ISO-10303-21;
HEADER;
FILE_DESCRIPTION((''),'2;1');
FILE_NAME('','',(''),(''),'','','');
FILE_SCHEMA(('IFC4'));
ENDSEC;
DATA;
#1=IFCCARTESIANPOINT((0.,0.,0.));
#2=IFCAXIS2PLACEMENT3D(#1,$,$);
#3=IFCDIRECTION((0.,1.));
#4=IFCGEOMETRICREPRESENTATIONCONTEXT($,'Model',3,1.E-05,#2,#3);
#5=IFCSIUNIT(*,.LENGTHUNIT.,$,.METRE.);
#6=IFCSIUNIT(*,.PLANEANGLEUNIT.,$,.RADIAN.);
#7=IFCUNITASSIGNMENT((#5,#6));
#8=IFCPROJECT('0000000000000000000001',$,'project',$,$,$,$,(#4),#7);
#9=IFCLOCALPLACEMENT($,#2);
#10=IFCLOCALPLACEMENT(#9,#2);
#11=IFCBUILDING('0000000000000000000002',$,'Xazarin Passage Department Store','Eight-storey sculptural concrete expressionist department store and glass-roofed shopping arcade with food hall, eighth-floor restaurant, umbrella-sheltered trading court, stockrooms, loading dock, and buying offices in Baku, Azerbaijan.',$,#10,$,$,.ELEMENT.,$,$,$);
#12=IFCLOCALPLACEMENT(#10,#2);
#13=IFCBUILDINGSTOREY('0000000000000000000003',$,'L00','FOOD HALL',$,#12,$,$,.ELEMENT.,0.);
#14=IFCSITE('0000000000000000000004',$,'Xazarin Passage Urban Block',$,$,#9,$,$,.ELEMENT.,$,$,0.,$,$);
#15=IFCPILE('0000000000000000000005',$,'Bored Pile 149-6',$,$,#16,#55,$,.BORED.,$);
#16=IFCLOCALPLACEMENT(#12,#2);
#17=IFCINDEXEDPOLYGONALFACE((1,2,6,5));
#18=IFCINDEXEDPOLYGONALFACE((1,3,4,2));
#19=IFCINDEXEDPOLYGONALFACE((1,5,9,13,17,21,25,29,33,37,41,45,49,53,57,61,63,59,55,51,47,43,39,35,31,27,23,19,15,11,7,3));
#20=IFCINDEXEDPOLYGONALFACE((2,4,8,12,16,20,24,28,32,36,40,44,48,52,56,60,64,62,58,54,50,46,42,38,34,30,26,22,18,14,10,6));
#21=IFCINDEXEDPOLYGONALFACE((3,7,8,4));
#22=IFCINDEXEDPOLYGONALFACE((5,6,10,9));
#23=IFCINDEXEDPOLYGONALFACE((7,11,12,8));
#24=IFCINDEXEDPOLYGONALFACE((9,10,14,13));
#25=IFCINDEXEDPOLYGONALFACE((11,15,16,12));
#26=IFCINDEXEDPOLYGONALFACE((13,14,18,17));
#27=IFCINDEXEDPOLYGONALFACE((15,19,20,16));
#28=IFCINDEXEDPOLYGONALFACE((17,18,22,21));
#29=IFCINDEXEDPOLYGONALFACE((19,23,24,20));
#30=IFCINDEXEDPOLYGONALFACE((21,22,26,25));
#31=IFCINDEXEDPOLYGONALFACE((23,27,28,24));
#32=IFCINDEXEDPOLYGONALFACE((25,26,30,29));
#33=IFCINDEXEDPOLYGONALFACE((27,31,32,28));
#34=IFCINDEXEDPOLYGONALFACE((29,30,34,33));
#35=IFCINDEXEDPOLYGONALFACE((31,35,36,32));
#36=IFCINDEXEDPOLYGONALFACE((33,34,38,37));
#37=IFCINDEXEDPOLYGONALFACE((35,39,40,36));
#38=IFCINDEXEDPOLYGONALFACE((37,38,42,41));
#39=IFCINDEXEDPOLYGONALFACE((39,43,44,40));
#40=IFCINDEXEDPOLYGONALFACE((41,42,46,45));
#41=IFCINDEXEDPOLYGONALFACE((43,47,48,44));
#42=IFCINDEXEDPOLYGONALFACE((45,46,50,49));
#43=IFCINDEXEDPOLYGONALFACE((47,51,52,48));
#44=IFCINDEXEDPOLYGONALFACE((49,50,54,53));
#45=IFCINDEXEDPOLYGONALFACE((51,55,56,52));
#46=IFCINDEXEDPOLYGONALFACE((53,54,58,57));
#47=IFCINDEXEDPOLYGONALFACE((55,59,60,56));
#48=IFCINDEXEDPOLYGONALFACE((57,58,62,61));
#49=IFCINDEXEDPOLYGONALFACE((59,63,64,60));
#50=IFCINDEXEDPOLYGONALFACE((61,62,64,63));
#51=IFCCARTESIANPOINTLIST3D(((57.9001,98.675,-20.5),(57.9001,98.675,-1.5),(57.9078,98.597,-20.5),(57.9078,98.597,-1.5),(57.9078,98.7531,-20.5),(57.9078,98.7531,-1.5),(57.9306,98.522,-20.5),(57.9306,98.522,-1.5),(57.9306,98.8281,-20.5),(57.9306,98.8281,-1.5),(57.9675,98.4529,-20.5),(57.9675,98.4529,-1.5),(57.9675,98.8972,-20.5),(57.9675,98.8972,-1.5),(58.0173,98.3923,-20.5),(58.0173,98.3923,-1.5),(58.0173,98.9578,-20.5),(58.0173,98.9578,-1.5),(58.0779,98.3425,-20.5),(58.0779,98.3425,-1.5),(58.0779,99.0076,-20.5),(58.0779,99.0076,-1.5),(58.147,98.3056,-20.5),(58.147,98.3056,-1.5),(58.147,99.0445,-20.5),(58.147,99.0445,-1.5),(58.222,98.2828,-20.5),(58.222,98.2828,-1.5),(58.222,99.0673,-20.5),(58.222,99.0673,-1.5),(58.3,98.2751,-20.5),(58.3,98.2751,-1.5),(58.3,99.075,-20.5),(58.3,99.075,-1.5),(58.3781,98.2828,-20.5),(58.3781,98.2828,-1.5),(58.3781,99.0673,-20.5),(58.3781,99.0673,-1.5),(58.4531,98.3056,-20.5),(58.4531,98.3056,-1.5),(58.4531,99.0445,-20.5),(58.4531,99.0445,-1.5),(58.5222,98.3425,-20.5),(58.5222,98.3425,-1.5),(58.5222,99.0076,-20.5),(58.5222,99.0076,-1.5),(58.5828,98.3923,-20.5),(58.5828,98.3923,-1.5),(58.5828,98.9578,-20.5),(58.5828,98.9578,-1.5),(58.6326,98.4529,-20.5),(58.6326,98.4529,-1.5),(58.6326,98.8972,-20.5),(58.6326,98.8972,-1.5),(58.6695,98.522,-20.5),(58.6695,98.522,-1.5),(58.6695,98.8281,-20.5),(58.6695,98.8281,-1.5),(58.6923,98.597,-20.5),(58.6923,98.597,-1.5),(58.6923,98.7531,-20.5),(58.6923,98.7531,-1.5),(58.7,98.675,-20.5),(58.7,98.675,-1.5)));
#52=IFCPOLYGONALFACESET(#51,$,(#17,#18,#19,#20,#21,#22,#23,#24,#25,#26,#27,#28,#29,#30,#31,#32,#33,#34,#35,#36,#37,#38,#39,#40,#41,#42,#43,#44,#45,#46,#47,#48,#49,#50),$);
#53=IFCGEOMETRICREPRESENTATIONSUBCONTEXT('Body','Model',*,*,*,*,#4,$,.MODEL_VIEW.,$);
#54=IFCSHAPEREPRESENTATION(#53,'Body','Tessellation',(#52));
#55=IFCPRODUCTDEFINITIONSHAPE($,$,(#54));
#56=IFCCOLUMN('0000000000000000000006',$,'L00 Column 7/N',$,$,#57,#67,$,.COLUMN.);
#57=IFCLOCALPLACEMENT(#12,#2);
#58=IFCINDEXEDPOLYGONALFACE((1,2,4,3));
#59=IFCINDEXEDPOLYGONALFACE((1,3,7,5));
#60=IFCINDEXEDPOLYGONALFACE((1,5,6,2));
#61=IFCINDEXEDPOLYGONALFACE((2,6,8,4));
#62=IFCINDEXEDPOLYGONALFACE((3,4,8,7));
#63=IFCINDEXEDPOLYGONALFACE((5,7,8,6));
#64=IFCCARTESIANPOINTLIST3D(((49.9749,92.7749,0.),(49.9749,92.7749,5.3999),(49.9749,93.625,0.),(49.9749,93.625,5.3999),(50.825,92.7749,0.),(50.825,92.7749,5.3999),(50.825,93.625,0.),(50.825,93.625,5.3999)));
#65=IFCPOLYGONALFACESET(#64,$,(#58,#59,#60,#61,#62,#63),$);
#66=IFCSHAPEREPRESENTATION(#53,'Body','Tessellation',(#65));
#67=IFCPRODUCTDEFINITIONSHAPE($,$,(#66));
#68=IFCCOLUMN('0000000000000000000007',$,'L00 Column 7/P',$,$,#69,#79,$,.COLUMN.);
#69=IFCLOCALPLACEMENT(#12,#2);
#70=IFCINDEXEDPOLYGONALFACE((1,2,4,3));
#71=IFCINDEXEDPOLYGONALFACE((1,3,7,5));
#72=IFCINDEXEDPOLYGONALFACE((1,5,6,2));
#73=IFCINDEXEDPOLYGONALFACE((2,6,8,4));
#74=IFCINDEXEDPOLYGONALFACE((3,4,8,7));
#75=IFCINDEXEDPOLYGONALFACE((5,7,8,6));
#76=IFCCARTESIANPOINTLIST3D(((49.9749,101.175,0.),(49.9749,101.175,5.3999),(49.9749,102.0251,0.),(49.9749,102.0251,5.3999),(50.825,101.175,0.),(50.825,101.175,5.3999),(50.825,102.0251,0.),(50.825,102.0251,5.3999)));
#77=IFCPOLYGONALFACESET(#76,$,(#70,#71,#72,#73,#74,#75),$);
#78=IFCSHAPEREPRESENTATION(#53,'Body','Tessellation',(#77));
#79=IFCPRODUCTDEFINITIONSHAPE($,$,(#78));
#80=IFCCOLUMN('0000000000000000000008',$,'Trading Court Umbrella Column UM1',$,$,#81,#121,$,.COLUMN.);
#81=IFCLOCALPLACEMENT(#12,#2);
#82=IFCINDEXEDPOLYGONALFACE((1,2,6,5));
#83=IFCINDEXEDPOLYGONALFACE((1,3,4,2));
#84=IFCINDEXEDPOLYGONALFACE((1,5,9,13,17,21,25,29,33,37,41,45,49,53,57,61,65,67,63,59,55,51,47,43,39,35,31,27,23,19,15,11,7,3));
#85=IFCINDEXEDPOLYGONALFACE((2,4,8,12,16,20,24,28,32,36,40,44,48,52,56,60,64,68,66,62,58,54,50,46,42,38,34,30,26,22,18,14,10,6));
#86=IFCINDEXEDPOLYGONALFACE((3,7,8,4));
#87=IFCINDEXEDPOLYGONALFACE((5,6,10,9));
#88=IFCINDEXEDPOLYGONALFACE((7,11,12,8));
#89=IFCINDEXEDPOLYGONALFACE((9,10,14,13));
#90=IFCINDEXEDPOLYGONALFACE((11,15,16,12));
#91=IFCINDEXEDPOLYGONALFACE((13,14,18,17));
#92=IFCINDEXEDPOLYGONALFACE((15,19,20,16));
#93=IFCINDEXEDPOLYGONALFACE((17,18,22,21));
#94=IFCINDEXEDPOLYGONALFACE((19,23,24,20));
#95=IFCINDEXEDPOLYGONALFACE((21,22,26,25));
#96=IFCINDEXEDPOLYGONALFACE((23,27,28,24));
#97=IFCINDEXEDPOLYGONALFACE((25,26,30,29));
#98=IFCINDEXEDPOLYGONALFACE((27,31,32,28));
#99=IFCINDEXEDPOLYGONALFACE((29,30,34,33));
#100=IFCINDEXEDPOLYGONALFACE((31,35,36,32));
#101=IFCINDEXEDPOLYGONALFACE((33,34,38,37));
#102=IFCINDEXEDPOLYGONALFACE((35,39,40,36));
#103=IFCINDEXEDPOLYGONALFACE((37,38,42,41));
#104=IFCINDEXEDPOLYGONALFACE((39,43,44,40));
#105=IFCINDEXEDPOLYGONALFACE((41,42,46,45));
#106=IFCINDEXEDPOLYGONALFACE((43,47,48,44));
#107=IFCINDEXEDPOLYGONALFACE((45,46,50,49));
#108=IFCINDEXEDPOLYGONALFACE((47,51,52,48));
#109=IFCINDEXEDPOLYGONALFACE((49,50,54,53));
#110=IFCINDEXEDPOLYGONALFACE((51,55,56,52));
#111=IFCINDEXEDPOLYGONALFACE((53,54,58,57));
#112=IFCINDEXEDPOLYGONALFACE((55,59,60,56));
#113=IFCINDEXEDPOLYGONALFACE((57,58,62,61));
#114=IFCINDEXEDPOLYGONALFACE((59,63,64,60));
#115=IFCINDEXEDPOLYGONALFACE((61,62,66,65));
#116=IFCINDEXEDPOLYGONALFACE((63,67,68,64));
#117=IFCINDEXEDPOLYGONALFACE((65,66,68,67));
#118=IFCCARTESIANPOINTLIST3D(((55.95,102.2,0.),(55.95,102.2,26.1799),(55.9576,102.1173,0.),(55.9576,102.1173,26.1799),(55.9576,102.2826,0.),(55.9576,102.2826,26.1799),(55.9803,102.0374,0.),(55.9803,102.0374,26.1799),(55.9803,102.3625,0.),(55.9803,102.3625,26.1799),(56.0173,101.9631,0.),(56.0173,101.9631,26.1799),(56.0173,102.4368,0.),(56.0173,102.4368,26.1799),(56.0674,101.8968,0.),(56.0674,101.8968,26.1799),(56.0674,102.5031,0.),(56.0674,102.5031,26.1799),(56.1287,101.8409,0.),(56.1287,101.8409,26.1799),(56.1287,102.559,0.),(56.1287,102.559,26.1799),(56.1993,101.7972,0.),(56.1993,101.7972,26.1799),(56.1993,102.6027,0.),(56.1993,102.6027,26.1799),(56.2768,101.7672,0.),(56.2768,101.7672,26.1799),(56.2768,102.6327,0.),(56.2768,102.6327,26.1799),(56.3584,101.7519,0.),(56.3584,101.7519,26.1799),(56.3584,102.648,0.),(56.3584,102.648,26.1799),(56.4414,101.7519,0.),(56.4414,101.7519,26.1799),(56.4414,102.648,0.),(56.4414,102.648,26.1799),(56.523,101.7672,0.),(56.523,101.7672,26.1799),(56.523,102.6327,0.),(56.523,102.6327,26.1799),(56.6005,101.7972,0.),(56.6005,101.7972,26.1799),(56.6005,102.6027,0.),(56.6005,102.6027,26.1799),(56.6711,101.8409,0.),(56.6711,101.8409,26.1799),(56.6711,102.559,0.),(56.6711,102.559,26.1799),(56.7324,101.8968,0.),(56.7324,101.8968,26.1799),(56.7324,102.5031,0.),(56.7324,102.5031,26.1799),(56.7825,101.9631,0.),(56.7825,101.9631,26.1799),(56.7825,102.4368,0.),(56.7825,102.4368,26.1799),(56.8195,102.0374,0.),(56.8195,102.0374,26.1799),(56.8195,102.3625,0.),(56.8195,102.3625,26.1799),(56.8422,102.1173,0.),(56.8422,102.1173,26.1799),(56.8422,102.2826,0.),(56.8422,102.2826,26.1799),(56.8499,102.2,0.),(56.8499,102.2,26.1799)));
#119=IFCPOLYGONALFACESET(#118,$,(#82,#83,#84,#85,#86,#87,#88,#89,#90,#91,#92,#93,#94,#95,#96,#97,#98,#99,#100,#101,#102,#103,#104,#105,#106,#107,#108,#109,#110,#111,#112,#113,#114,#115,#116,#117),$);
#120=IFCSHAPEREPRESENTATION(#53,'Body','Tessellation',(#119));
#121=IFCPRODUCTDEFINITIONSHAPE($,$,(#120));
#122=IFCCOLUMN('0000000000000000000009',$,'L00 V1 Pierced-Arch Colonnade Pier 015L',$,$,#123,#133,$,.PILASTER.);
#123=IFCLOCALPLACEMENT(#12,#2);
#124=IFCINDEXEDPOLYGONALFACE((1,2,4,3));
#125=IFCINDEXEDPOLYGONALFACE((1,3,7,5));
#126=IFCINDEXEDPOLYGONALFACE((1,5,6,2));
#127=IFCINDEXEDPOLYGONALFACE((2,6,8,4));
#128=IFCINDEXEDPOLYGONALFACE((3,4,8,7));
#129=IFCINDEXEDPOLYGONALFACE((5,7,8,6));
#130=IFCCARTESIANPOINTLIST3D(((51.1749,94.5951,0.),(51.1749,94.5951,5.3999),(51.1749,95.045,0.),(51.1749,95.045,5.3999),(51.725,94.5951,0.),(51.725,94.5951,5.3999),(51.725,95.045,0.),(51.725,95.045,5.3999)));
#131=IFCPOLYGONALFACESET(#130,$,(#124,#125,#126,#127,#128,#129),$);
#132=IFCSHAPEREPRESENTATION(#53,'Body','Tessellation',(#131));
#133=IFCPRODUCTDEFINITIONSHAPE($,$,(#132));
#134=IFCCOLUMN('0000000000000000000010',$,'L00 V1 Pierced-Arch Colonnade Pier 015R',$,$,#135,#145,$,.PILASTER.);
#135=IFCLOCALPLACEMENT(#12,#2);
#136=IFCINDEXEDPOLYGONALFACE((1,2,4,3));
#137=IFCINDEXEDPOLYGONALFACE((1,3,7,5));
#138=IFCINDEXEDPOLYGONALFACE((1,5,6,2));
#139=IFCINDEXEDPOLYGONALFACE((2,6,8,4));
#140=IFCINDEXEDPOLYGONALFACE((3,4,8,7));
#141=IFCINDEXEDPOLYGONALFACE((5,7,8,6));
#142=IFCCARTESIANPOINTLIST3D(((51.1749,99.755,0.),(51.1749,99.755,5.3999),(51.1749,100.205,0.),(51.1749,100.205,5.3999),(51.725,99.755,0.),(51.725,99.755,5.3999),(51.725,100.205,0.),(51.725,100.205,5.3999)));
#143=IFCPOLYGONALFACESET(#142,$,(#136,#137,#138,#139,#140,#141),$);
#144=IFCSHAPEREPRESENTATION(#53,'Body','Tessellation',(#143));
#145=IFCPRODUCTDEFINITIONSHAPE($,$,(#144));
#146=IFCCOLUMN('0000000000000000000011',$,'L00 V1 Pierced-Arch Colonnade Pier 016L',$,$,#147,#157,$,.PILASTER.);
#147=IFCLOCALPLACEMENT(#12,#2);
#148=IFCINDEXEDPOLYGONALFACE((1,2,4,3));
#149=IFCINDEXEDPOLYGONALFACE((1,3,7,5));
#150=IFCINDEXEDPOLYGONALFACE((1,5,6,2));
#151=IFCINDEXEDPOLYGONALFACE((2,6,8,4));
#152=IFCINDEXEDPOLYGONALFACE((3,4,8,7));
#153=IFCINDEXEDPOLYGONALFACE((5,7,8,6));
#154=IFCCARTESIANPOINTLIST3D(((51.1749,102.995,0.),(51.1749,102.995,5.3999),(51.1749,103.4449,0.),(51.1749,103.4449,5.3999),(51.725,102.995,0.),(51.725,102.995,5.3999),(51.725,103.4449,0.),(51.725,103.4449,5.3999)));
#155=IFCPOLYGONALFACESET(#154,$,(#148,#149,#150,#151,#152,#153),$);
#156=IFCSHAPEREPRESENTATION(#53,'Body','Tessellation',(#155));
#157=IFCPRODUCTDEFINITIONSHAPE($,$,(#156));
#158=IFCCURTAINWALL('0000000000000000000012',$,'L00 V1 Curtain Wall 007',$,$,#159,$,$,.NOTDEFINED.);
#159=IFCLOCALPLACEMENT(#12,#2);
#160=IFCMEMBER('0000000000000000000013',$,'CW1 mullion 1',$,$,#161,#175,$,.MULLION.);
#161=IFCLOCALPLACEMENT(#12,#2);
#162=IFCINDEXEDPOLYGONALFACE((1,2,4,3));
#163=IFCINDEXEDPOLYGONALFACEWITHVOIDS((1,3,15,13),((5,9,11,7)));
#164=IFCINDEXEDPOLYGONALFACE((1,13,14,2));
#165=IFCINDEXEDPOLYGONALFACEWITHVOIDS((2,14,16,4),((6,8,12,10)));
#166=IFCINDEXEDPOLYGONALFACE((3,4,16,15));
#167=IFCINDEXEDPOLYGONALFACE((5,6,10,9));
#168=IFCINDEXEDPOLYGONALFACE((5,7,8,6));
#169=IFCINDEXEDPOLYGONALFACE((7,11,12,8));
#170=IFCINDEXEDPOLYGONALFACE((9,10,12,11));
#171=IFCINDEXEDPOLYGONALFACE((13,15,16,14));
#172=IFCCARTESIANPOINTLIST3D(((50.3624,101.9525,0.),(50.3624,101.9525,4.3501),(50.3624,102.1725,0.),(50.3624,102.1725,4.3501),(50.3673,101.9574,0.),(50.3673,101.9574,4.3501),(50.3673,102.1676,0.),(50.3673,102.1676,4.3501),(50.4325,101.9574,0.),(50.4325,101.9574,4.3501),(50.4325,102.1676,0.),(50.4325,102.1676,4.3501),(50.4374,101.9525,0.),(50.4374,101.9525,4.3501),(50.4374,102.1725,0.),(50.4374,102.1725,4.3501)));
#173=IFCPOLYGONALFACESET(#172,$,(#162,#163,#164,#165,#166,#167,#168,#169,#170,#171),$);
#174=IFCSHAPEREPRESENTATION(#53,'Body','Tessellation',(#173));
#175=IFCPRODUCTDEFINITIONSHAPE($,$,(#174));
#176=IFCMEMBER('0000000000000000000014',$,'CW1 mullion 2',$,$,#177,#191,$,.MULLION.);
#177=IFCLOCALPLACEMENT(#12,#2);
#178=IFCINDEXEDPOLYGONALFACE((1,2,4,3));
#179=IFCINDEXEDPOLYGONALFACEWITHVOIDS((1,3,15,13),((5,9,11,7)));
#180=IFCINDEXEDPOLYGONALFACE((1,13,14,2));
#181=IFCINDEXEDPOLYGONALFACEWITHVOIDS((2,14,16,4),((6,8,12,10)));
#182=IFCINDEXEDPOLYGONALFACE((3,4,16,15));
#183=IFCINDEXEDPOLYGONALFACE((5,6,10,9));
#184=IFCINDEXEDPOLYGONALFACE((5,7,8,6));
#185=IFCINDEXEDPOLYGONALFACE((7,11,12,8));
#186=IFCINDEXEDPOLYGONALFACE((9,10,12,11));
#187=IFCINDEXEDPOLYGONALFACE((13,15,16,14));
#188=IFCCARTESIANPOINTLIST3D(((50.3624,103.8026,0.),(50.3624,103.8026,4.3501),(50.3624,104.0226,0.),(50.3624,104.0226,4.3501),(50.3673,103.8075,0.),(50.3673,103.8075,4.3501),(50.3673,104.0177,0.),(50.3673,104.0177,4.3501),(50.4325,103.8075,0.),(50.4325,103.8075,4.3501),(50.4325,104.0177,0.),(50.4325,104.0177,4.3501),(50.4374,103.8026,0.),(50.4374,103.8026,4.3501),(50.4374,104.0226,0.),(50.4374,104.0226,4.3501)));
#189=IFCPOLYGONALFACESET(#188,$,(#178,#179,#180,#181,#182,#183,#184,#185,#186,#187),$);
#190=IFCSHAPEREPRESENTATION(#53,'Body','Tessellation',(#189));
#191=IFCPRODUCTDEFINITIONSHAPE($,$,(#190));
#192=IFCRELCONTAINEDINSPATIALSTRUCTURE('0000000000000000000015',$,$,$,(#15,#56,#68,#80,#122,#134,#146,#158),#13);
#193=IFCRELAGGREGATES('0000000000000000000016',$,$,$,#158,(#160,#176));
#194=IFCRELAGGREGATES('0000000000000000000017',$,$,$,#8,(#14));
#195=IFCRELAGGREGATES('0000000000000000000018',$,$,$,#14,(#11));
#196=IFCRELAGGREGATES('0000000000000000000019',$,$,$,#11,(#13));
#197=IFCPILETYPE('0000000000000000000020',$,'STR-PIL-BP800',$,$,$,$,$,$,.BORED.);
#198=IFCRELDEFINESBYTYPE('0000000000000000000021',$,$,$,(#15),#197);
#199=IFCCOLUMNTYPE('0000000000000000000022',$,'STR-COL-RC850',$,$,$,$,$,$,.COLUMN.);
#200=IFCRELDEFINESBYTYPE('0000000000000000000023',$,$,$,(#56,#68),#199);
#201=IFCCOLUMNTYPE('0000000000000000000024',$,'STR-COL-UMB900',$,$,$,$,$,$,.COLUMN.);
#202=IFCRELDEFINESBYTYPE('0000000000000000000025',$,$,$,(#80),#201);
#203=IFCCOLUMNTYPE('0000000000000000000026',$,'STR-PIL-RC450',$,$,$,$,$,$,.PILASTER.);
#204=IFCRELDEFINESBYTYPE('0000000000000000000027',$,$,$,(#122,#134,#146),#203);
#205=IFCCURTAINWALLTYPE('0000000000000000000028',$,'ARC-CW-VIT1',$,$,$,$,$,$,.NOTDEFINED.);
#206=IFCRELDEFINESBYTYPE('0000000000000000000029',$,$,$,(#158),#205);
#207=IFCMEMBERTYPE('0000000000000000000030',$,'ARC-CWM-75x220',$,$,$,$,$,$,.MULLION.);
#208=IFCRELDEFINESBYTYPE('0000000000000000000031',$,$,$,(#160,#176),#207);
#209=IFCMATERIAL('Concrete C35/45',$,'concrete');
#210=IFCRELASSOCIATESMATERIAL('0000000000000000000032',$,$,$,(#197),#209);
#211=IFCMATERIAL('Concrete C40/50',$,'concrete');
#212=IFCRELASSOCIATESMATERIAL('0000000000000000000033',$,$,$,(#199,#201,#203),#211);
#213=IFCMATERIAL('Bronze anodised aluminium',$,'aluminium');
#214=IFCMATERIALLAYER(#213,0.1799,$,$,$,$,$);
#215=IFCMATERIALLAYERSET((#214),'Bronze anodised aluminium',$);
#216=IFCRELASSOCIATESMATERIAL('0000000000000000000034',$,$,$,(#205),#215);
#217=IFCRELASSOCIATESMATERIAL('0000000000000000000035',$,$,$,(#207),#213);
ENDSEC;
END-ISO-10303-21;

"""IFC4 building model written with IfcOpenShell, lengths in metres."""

from ifc_helpers import new_model, si_unit, direction, frame, origin, origin_2d, place, context, subcontext, project, spatial, rectangle, hollow_rectangle, circle, extrude, material, layer, layer_set, material_profile, profile_set, type_object, element, aggregate, save


model = new_model("IFC4")

# Units and contexts
model_context = context("Model", 3, precision=1e-05, world=origin(), true_north=direction((0.0, 1.0)))
body_context = subcontext(model_context, "Body", "Model", "MODEL_VIEW")
ifc_project = project(units=[si_unit("LENGTHUNIT", "METRE"), si_unit("PLANEANGLEUNIT", "RADIAN")], contexts=[model_context])

# Site, building, storey
site_placement = place(None, origin())
site = spatial("IfcSite", under=ifc_project, at=site_placement, Name="Xazarin Passage Urban Block", CompositionType="ELEMENT", RefElevation=0.0)
building_placement = place(site_placement, origin())
building = spatial("IfcBuilding", under=site, at=building_placement, Name="Xazarin Passage Department Store", Description="Eight-storey sculptural concrete expressionist department store and glass-roofed shopping arcade with food hall, eighth-floor restaurant, umbrella-sheltered trading court, stockrooms, loading dock, and buying offices in Baku, Azerbaijan.", CompositionType="ELEMENT")
storey_placement = place(building_placement, origin())
storey = spatial("IfcBuildingStorey", under=building, at=storey_placement, Name="L00", Description="FOOD HALL", CompositionType="ELEMENT", Elevation=0.0)

# Shared definitions
ifc_material_1 = material(Name="Concrete C35/45", Category="concrete")

# Pile
ifc_material_profile_1 = material_profile(ifc_material_1, circle(Radius=0.3999, at=origin_2d()), Name="BP 800")
ifc_profile_set_1 = profile_set([ifc_material_profile_1], Name="Concrete C35/45")
pile_type_1 = type_object("IfcPileType", Name="STR-PIL-BP800", PredefinedType="BORED", material=ifc_profile_set_1)
for number, where, z_axis, x_axis, name in (
    (1, (58.3, 98.675, -1.5), (0.0, 0.0, -1.0), (1.0, 0.0, 0.0), "Bored Pile 149-6"),
):
    element("IfcPile", number, at=place(storey_placement, frame(where, z_axis=z_axis, x_axis=x_axis)), inside=storey, type_object=pile_type_1, Name=name, PredefinedType="BORED", context=body_context, shape_type="SweptSolid", body=[
        extrude(circle(Radius=0.3999, at=origin_2d()), origin(), (0.0, 0.0, 1.0), 19.0),
    ])

# Columns
ifc_material_2 = material(Name="Concrete C40/50", Category="concrete")
ifc_material_profile_2 = material_profile(ifc_material_2, rectangle(XDim=0.8501, YDim=0.8501, at=origin_2d()), Name="RC 850x850")
ifc_profile_set_2 = profile_set([ifc_material_profile_2], Name="Concrete C40/50")
column_type_1 = type_object("IfcColumnType", Name="STR-COL-RC850", PredefinedType="COLUMN", material=ifc_profile_set_2)
for number, where, z_axis, x_axis, name in (
    (2, (50.3999, 93.2, 0.0), (0.0, 0.0, 1.0), (1.0, 0.0, 0.0), "L00 Column 7/N"),
    (3, (50.3999, 101.6001, 0.0), (0.0, 0.0, 1.0), (1.0, 0.0, 0.0), "L00 Column 7/P"),
):
    element("IfcColumn", number, at=place(storey_placement, frame(where, z_axis=z_axis, x_axis=x_axis)), inside=storey, type_object=column_type_1, Name=name, PredefinedType="COLUMN", context=body_context, shape_type="SweptSolid", body=[
        extrude(rectangle(XDim=0.8501, YDim=0.8501, at=origin_2d()), origin(), (0.0, 0.0, 1.0), 5.3999),
    ])
ifc_material_profile_3 = material_profile(ifc_material_2, circle(Radius=0.45, at=origin_2d()), Name="RCD 900")
ifc_profile_set_3 = profile_set([ifc_material_profile_3], Name="Concrete C40/50")
column_type_2 = type_object("IfcColumnType", Name="STR-COL-UMB900", PredefinedType="COLUMN", material=ifc_profile_set_3)
column_placement = place(storey_placement, frame((56.3999, 102.2, 0.0), z_axis=(0.0, 0.0, 1.0), x_axis=(1.0, 0.0, 0.0)))
element("IfcColumn", 4, at=column_placement, inside=storey, type_object=column_type_2, Name="Trading Court Umbrella Column UM1", PredefinedType="COLUMN", context=body_context, shape_type="SweptSolid", body=[
    extrude(circle(Radius=0.45, at=origin_2d()), origin(), (0.0, 0.0, 1.0), 26.1799),
])
ifc_material_profile_4 = material_profile(ifc_material_2, rectangle(XDim=0.45, YDim=0.55, at=origin_2d()), Name="RC 450x550")
ifc_profile_set_4 = profile_set([ifc_material_profile_4], Name="Concrete C40/50")
column_type_3 = type_object("IfcColumnType", Name="STR-PIL-RC450", PredefinedType="PILASTER", material=ifc_profile_set_4)
for number, where, z_axis, x_axis, name in (
    (5, (51.45, 94.8201, 0.0), (0.0, 0.0, 1.0), (0.0, 1.0, 0.0), "L00 V1 Pierced-Arch Colonnade Pier 015L"),
    (6, (51.45, 99.98, 0.0), (0.0, 0.0, 1.0), (0.0, 1.0, 0.0), "L00 V1 Pierced-Arch Colonnade Pier 015R"),
    (7, (51.45, 103.22, 0.0), (0.0, 0.0, 1.0), (0.0, 1.0, 0.0), "L00 V1 Pierced-Arch Colonnade Pier 016L"),
):
    element("IfcColumn", number, at=place(storey_placement, frame(where, z_axis=z_axis, x_axis=x_axis)), inside=storey, type_object=column_type_3, Name=name, PredefinedType="PILASTER", context=body_context, shape_type="SweptSolid", body=[
        extrude(rectangle(XDim=0.45, YDim=0.55, at=origin_2d()), origin(), (0.0, 0.0, 1.0), 5.3999),
    ])

# Curtain wall, members
ifc_material_3 = material(Name="Bronze anodised aluminium", Category="aluminium")
ifc_layer_1 = layer(ifc_material_3, 0.1799)
ifc_layer_set_1 = layer_set([ifc_layer_1], Name="Bronze anodised aluminium")
curtain_wall_type = type_object("IfcCurtainWallType", Name="ARC-CW-VIT1", PredefinedType="NOTDEFINED", material=ifc_layer_set_1)
curtain_wall_placement = place(storey_placement, origin())
curtain_wall = element("IfcCurtainWall", 8, at=curtain_wall_placement, inside=storey, type_object=curtain_wall_type, Name="L00 V1 Curtain Wall 007", PredefinedType="NOTDEFINED")
ifc_material_profile_5 = material_profile(ifc_material_3, hollow_rectangle(XDim=0.075, YDim=0.22, WallThickness=0.0049, at=origin_2d()), Name="ALU 75x220")
ifc_profile_set_5 = profile_set([ifc_material_profile_5], Name="Bronze anodised aluminium")
member_type_1 = type_object("IfcMemberType", Name="ARC-CWM-75x220", PredefinedType="MULLION", material=ifc_profile_set_5)
member_1_placement = place(storey_placement, frame((50.3999, 102.0625, 0.0), z_axis=(0.0, 0.0, 1.0), x_axis=(-1.0, 0.0, 0.0)))
member_1 = element("IfcMember", 9, at=member_1_placement, type_object=member_type_1, Name="CW1 mullion 1", PredefinedType="MULLION", context=body_context, shape_type="SweptSolid", body=[
    extrude(hollow_rectangle(XDim=0.075, YDim=0.22, WallThickness=0.0049, at=origin_2d()), origin(), (0.0, 0.0, 1.0), 4.3501),
])
member_2_placement = place(storey_placement, frame((50.3999, 103.9126, 0.0), z_axis=(0.0, 0.0, 1.0), x_axis=(-1.0, 0.0, 0.0)))
member_2 = element("IfcMember", 10, at=member_2_placement, type_object=member_type_1, Name="CW1 mullion 2", PredefinedType="MULLION", context=body_context, shape_type="SweptSolid", body=[
    extrude(hollow_rectangle(XDim=0.075, YDim=0.22, WallThickness=0.0049, at=origin_2d()), origin(), (0.0, 0.0, 1.0), 4.3501),
])
aggregate(curtain_wall, [member_1, member_2])

save(model, "model.ifc")
